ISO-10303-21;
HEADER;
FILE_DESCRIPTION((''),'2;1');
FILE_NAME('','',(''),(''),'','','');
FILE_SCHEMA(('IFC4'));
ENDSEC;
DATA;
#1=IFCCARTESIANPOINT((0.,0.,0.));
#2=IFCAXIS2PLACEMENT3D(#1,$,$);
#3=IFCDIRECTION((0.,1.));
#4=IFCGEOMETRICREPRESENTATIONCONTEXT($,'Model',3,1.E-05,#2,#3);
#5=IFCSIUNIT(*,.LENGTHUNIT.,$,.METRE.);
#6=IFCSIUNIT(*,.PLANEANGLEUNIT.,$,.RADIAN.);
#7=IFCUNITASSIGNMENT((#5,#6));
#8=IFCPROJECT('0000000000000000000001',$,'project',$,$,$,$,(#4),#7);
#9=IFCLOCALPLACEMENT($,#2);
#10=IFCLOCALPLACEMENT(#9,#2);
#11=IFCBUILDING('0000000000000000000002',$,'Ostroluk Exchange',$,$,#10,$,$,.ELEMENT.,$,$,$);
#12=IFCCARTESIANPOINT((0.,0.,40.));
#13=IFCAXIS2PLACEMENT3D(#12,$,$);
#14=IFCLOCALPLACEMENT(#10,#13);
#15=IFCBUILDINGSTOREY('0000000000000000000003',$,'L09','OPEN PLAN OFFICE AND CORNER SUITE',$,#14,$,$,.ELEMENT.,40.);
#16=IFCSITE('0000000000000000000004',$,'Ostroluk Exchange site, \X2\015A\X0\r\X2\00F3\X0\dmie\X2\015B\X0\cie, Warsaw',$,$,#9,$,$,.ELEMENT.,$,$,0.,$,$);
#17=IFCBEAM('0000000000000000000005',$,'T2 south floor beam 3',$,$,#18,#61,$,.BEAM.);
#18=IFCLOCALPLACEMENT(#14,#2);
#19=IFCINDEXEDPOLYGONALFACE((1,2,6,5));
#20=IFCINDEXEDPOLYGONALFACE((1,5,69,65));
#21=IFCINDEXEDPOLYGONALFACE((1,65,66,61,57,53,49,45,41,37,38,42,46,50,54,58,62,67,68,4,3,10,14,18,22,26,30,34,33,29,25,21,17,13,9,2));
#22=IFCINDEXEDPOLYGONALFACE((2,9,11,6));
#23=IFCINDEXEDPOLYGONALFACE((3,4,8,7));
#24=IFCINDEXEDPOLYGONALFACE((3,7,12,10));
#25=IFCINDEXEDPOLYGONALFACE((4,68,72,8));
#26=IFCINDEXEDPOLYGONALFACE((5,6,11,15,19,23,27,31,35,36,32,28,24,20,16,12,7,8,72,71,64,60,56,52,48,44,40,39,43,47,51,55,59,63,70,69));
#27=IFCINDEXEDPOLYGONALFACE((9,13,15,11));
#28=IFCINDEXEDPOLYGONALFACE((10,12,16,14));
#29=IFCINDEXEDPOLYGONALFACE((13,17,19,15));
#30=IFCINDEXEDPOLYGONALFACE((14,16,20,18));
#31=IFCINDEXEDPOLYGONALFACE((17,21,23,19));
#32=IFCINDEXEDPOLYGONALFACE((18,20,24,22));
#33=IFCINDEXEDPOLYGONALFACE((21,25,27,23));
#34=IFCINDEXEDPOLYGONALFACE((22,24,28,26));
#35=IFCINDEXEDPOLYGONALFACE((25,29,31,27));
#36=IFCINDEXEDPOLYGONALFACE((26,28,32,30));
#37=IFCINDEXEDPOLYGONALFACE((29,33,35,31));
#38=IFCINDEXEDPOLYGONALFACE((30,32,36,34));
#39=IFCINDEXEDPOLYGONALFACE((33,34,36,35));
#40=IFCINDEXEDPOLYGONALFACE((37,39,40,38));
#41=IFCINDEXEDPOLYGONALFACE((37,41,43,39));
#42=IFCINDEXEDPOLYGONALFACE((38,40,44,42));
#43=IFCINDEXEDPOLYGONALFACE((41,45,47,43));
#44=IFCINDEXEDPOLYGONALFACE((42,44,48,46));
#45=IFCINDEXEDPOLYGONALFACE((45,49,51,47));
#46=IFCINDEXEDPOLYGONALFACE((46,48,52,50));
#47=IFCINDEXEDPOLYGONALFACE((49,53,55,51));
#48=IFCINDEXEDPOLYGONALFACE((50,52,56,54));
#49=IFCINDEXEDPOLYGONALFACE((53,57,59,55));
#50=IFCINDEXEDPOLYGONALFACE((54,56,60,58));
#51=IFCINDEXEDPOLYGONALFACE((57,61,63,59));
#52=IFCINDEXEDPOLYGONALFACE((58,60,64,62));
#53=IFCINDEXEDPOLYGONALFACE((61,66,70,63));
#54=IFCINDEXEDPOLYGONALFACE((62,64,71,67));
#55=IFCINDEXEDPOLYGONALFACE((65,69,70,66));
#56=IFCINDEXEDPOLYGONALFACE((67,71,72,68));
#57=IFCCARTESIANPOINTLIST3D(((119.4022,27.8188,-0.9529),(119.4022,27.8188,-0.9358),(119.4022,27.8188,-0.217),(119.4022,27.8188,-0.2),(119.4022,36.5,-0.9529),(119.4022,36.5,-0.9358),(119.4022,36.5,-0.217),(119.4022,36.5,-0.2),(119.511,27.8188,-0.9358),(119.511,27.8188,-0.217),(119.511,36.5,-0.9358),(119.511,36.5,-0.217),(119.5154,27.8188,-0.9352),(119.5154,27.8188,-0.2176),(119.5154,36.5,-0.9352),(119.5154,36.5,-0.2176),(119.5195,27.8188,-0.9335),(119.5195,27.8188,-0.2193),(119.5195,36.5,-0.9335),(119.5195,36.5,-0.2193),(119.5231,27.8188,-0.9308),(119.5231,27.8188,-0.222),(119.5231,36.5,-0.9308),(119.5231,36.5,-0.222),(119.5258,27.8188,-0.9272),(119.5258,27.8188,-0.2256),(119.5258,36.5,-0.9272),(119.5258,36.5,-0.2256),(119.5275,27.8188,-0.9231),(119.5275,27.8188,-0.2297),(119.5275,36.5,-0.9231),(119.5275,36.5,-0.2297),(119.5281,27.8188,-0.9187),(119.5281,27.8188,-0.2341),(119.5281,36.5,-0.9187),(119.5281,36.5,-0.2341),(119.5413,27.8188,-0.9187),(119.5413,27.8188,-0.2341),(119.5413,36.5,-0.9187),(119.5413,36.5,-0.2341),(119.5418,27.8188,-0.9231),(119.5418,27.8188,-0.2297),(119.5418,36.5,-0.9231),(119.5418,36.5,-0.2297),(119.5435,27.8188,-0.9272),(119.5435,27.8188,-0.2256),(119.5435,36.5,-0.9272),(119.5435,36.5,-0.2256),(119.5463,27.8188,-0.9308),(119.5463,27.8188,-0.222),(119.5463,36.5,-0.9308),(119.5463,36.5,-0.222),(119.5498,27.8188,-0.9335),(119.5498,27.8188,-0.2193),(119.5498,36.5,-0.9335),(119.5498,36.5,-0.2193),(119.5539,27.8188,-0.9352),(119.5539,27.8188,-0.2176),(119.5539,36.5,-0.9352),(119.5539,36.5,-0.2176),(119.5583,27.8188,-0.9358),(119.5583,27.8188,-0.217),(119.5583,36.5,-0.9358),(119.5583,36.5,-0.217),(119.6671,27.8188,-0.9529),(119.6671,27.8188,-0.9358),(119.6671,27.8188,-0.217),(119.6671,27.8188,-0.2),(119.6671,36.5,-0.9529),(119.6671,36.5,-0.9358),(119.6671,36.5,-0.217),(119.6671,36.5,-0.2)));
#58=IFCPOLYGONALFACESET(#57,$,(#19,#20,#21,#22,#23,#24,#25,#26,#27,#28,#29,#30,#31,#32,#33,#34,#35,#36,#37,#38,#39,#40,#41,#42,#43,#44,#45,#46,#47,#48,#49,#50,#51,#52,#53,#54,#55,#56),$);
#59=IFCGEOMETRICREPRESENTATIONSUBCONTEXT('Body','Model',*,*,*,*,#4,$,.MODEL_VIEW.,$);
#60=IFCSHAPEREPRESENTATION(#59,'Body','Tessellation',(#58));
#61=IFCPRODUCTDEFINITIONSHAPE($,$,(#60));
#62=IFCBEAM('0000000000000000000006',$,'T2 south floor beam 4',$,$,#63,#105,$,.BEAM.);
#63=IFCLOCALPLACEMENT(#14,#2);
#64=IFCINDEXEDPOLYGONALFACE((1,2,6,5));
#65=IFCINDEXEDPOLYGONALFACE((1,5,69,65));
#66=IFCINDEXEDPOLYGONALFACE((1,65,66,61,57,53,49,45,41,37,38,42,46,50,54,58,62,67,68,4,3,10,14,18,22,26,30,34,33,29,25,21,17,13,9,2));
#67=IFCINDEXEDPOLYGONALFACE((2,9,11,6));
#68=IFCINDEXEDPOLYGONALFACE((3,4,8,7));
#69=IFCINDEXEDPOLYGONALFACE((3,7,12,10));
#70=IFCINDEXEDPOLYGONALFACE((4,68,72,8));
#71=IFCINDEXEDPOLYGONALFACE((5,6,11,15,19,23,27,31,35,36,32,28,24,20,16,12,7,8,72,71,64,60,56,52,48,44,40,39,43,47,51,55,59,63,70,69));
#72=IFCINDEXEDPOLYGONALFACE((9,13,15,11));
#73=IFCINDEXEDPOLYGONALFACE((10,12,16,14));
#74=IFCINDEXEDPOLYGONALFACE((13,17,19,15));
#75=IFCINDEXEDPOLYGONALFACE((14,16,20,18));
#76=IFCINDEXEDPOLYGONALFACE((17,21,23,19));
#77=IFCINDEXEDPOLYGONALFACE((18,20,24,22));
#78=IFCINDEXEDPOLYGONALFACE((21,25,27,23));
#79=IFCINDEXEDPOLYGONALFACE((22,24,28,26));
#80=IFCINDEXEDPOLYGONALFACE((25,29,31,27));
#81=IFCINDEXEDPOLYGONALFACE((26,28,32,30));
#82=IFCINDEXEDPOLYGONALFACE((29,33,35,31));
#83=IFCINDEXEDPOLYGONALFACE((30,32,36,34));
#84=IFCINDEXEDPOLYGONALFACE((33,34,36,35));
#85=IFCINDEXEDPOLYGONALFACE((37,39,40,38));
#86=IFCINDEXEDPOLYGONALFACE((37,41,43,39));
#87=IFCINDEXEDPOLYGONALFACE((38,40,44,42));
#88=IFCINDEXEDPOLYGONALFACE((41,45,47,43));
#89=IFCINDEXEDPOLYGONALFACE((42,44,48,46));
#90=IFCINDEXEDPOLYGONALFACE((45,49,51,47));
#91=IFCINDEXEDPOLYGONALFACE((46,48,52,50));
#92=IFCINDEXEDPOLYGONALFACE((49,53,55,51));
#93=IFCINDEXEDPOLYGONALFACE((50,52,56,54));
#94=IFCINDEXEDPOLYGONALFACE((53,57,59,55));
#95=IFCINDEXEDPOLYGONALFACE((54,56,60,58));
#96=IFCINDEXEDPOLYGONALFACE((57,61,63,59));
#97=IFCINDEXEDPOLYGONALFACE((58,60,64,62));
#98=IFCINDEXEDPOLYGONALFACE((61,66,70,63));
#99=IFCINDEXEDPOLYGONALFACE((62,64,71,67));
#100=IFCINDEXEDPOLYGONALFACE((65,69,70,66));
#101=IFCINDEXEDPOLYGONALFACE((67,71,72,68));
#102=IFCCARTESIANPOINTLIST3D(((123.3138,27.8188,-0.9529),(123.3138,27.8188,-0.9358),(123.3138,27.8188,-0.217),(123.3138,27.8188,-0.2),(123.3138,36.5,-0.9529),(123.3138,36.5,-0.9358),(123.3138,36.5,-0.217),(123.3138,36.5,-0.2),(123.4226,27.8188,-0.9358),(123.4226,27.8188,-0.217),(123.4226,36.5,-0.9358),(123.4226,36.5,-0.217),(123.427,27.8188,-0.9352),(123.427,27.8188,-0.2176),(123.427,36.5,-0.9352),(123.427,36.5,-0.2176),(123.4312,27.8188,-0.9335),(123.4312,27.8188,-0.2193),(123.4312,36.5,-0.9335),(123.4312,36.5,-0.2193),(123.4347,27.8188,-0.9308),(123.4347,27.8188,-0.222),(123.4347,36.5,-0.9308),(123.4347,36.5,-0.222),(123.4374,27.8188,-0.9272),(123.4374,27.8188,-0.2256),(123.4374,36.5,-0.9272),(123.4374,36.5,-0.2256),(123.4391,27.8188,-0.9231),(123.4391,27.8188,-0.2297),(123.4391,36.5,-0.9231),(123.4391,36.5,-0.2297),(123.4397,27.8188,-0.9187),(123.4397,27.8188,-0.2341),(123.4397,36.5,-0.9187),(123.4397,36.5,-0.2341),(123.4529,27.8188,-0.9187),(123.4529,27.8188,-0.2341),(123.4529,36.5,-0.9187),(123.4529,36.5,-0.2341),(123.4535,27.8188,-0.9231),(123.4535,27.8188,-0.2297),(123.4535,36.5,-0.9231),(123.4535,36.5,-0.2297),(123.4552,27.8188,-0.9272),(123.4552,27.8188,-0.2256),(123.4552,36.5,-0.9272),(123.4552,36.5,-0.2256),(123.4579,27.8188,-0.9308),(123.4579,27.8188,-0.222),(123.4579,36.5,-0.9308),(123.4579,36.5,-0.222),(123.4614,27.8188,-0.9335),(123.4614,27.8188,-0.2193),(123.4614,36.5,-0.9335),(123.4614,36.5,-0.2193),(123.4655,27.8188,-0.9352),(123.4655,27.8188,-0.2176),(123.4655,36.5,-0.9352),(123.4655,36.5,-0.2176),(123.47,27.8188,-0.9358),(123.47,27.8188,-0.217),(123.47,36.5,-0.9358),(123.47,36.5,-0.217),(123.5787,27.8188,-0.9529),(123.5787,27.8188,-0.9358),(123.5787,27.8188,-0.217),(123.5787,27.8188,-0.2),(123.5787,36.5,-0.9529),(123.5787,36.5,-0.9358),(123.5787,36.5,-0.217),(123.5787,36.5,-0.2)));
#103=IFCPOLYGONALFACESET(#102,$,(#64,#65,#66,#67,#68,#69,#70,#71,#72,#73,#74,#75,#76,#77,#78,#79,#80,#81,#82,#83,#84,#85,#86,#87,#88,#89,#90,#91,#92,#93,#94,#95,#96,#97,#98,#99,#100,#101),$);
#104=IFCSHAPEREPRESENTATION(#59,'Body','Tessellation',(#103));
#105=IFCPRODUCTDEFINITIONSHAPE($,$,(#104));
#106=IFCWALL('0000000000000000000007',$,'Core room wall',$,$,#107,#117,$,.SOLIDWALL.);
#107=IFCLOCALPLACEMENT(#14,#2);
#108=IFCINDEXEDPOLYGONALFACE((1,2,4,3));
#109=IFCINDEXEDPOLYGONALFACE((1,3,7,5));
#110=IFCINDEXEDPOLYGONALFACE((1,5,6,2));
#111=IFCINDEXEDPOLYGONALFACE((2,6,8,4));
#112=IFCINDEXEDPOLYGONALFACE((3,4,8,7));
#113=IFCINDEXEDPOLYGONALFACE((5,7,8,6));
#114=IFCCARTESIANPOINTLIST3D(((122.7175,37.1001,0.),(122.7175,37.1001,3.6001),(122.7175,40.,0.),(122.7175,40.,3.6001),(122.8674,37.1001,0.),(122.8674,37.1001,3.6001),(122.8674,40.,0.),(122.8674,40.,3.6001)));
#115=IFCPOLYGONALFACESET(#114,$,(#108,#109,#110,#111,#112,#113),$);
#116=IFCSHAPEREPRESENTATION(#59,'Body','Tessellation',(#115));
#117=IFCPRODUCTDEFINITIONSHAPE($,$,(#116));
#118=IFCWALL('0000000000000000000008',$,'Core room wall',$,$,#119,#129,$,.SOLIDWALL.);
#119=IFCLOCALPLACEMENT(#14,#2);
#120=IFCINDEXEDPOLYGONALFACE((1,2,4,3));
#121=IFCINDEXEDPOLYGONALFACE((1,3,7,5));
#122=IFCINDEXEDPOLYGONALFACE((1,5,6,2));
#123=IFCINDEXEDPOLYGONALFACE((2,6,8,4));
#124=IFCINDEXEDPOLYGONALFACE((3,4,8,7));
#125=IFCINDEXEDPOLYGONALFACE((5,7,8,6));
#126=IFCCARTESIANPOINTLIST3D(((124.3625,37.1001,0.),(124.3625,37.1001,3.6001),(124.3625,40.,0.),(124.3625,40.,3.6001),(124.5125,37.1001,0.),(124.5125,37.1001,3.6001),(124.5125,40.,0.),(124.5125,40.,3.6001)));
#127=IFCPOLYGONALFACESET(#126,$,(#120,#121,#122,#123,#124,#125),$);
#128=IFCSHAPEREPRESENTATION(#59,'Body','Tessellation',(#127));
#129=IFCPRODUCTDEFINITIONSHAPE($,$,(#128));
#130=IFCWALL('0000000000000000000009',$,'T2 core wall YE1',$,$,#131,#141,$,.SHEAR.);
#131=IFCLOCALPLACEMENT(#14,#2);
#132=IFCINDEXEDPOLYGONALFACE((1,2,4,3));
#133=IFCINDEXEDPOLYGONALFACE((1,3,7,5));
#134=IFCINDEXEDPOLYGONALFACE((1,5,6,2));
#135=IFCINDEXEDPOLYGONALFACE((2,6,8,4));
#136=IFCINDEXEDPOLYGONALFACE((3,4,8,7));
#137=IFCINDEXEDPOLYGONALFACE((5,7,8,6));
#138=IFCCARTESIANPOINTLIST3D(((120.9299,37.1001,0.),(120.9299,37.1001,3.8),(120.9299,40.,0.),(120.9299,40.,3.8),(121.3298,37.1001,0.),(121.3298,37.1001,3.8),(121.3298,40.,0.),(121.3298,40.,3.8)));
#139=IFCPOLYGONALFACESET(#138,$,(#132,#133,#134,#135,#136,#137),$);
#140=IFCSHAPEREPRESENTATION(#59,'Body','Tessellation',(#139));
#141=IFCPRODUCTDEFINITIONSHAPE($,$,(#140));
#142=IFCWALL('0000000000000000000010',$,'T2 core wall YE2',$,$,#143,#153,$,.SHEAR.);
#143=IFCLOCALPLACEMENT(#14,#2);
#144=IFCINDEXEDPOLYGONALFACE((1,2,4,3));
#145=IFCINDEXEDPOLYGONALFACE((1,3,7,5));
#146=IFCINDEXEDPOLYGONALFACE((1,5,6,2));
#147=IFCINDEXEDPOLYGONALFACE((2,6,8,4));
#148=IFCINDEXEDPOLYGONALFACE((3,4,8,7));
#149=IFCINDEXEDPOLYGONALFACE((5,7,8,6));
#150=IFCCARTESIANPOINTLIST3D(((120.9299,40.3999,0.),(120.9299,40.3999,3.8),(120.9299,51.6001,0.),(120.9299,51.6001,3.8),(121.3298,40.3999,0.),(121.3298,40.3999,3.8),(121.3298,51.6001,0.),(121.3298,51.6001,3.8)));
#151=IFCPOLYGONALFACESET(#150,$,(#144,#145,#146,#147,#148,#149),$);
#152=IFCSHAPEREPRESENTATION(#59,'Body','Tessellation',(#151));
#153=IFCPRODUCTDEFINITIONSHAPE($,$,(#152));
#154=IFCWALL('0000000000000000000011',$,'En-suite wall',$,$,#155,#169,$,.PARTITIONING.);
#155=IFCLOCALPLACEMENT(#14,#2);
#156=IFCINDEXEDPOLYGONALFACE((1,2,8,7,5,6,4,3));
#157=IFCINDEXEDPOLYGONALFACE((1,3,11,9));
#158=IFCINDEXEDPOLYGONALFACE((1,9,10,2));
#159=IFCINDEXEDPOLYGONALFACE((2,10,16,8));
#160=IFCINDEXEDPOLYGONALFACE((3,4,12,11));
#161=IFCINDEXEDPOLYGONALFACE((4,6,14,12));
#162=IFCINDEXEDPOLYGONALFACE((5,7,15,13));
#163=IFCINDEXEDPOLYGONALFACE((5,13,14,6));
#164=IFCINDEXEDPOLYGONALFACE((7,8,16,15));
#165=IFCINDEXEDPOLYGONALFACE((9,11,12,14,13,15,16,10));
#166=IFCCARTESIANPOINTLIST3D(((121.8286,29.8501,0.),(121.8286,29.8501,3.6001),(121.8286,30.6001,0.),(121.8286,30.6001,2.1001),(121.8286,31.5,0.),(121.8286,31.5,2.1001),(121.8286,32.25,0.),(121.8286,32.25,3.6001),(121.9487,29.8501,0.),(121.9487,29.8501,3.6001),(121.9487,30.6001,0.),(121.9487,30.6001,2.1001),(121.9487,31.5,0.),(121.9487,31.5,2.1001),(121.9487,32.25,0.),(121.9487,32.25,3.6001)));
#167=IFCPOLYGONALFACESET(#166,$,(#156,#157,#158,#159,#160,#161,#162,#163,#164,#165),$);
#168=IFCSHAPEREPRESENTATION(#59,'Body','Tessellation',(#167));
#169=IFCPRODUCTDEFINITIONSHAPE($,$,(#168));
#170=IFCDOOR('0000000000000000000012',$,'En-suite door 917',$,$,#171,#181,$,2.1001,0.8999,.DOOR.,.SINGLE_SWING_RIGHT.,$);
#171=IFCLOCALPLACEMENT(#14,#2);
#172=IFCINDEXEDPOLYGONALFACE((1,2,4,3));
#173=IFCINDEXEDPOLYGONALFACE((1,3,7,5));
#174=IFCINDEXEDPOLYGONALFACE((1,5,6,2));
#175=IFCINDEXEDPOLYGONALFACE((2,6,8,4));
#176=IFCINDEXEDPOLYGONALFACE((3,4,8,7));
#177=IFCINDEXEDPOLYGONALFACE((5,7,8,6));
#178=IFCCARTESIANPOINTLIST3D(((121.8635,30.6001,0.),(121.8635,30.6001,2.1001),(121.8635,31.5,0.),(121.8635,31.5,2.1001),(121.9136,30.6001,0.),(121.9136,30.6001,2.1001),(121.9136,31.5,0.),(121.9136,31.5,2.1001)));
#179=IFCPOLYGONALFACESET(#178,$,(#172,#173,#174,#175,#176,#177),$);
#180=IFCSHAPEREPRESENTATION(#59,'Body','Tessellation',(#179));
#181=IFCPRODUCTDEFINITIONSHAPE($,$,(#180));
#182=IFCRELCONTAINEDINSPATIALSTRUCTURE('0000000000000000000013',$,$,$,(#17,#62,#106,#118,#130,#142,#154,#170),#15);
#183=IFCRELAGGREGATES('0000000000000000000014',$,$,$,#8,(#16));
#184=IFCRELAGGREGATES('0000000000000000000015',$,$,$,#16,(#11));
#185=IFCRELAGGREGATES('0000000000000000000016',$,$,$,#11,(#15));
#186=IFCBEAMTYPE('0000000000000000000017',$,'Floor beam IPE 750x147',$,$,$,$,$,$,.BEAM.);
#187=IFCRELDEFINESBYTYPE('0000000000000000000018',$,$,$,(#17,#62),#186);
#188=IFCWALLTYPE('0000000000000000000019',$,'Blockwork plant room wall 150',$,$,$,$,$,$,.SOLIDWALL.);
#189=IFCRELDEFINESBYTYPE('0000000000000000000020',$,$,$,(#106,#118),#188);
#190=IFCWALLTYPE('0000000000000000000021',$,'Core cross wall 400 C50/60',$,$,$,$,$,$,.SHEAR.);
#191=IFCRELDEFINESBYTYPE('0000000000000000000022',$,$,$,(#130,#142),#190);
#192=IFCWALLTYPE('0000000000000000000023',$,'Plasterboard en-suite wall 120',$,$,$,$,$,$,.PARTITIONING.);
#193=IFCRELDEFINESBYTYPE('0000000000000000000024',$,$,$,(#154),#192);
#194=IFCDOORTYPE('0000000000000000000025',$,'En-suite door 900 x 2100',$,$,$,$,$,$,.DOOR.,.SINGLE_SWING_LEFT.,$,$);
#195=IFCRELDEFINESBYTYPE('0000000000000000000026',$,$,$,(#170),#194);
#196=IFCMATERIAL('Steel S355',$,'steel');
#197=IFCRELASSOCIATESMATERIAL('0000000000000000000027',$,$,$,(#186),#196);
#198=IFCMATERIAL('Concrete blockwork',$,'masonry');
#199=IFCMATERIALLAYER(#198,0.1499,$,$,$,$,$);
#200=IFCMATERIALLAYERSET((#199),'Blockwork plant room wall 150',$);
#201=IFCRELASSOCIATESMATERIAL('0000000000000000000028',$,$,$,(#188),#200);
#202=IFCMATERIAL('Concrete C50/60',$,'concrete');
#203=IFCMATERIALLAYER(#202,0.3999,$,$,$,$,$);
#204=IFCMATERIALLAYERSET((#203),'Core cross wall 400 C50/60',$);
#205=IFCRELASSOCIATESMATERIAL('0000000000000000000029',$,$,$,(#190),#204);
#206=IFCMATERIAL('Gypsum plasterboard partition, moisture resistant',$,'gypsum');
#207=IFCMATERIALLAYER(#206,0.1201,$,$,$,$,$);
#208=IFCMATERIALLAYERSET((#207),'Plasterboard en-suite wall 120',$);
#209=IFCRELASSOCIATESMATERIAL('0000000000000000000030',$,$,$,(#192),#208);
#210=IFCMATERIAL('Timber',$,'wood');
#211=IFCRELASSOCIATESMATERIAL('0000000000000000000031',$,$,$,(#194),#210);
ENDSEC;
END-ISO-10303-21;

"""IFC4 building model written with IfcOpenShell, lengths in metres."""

from ifc_helpers import new_model, si_unit, direction, frame, frame_2d, origin, origin_2d, place, context, subcontext, project, spatial, rectangle, i_section, extrude, material, layer, layer_set, material_profile, profile_set, type_object, element, fill, save


model = new_model("IFC4")

# Units and contexts
model_context = context("Model", 3, precision=1e-05, world=origin(), true_north=direction((0.0, 1.0)))
body_context = subcontext(model_context, "Body", "Model", "MODEL_VIEW")
ifc_project = project(units=[si_unit("LENGTHUNIT", "METRE"), si_unit("PLANEANGLEUNIT", "RADIAN")], contexts=[model_context])

# Site, building, storey
site_placement = place(None, origin())
site = spatial("IfcSite", under=ifc_project, at=site_placement, Name="Ostroluk Exchange site, Śródmieście, Warsaw", CompositionType="ELEMENT", RefElevation=0.0)
building_placement = place(site_placement, origin())
building = spatial("IfcBuilding", under=site, at=building_placement, Name="Ostroluk Exchange", CompositionType="ELEMENT")
storey_placement = place(building_placement, frame((0.0, 0.0, 40.0)))
storey = spatial("IfcBuildingStorey", under=building, at=storey_placement, Name="L09", Description="OPEN PLAN OFFICE AND CORNER SUITE", CompositionType="ELEMENT", Elevation=40.0)

# Beams
ifc_material_1 = material(Name="Steel S355", Category="steel")
ifc_material_profile = material_profile(ifc_material_1, i_section(OverallWidth=0.2649, OverallDepth=0.7529, WebThickness=0.0132, FlangeThickness=0.0171, FilletRadius=0.0171, at=origin_2d()), Name="IPE 750x147")
ifc_profile_set = profile_set([ifc_material_profile], Name="Steel S355")
beam_type = type_object("IfcBeamType", Name="Floor beam IPE 750x147", PredefinedType="BEAM", material=ifc_profile_set)
for number, where, z_axis, x_axis, name in (
    (1, (119.5347, 36.5, -0.5764), (0.0, -1.0, 0.0), (1.0, 0.0, 0.0), "T2 south floor beam 3"),
    (2, (123.4463, 36.5, -0.5764), (0.0, -1.0, 0.0), (1.0, 0.0, 0.0), "T2 south floor beam 4"),
):
    element("IfcBeam", number, at=place(storey_placement, frame(where, z_axis=z_axis, x_axis=x_axis)), inside=storey, type_object=beam_type, Name=name, PredefinedType="BEAM", context=body_context, shape_type="SweptSolid", body=[
        extrude(i_section(OverallWidth=0.2649, OverallDepth=0.7529, WebThickness=0.0132, FlangeThickness=0.0171, FilletRadius=0.0171, at=origin_2d()), origin(), (0.0, 0.0, 1.0), 8.6812),
    ])

# Walls
ifc_material_2 = material(Name="Concrete blockwork", Category="masonry")
ifc_layer_1 = layer(ifc_material_2, 0.1499)
ifc_layer_set_1 = layer_set([ifc_layer_1], Name="Blockwork plant room wall 150")
wall_type_1 = type_object("IfcWallType", Name="Blockwork plant room wall 150", PredefinedType="SOLIDWALL", material=ifc_layer_set_1)
for number, where, z_axis, x_axis, name in (
    (3, (122.7925, 37.1001, 0.0), (0.0, 0.0, 1.0), (0.0, 1.0, 0.0), "Core room wall"),
    (4, (124.4375, 37.1001, 0.0), (0.0, 0.0, 1.0), (0.0, 1.0, 0.0), "Core room wall"),
):
    element("IfcWall", number, at=place(storey_placement, frame(where, z_axis=z_axis, x_axis=x_axis)), inside=storey, type_object=wall_type_1, Name=name, PredefinedType="SOLIDWALL", context=body_context, shape_type="SweptSolid", body=[
        extrude(rectangle(XDim=2.8999, YDim=0.1499, at=frame_2d((1.45, 0.0))), origin(), (0.0, 0.0, 1.0), 3.6001),
    ])
ifc_material_3 = material(Name="Concrete C50/60", Category="concrete")
ifc_layer_2 = layer(ifc_material_3, 0.3999)
ifc_layer_set_2 = layer_set([ifc_layer_2], Name="Core cross wall 400 C50/60")
wall_type_2 = type_object("IfcWallType", Name="Core cross wall 400 C50/60", PredefinedType="SHEAR", material=ifc_layer_set_2)
wall_1_placement = place(storey_placement, frame((121.1299, 37.1001, 0.0), z_axis=(0.0, 0.0, 1.0), x_axis=(0.0, 1.0, 0.0)))
element("IfcWall", 5, at=wall_1_placement, inside=storey, type_object=wall_type_2, Name="T2 core wall YE1", PredefinedType="SHEAR", context=body_context, shape_type="SweptSolid", body=[
    extrude(rectangle(XDim=2.8999, YDim=0.3999, at=frame_2d((1.45, 0.0))), origin(), (0.0, 0.0, 1.0), 3.8),
])
wall_2_placement = place(storey_placement, frame((121.1299, 40.3999, 0.0), z_axis=(0.0, 0.0, 1.0), x_axis=(0.0, 1.0, 0.0)))
element("IfcWall", 6, at=wall_2_placement, inside=storey, type_object=wall_type_2, Name="T2 core wall YE2", PredefinedType="SHEAR", context=body_context, shape_type="SweptSolid", body=[
    extrude(rectangle(XDim=11.2002, YDim=0.3999, at=frame_2d((5.6001, 0.0))), origin(), (0.0, 0.0, 1.0), 3.8),
])

# Wall, opening, door
ifc_material_4 = material(Name="Gypsum plasterboard partition, moisture resistant", Category="gypsum")
ifc_layer_3 = layer(ifc_material_4, 0.1201)
ifc_layer_set_3 = layer_set([ifc_layer_3], Name="Plasterboard en-suite wall 120")
wall_type_3 = type_object("IfcWallType", Name="Plasterboard en-suite wall 120", PredefinedType="PARTITIONING", material=ifc_layer_set_3)
wall_3_placement = place(storey_placement, frame((121.8887, 32.25, 0.0), z_axis=(0.0, 0.0, 1.0), x_axis=(0.0, -1.0, 0.0)))
wall_3 = element("IfcWall", 7, at=wall_3_placement, inside=storey, type_object=wall_type_3, Name="En-suite wall", PredefinedType="PARTITIONING", context=body_context, shape_type="SweptSolid", body=[
    extrude(rectangle(XDim=2.3999, YDim=0.1201, at=frame_2d((1.2, 0.0))), origin(), (0.0, 0.0, 1.0), 3.6001),
])
opening_placement = place(wall_3_placement, frame((0.75, 0.0, 0.0)))
opening = element("IfcOpeningElement", 8, at=opening_placement, cuts=wall_3, PredefinedType="OPENING", context=body_context, shape_type="SweptSolid", body=[
    extrude(rectangle(XDim=0.8999, YDim=2.1001, at=frame_2d((0.45, 1.05))), frame((0.0, 0.0701, 0.0), z_axis=(0.0, -1.0, 0.0), x_axis=(1.0, 0.0, 0.0)), (0.0, 0.0, 1.0), 0.1401),
])
ifc_material_5 = material(Name="Timber", Category="wood")
door_type = type_object("IfcDoorType", Name="En-suite door 900 x 2100", OperationType="SINGLE_SWING_LEFT", PredefinedType="DOOR", material=ifc_material_5)
door_placement = place(opening_placement, origin())
door = element("IfcDoor", 9, at=door_placement, inside=storey, type_object=door_type, Name="En-suite door 917", OperationType="SINGLE_SWING_RIGHT", OverallHeight=2.1001, OverallWidth=0.8999, PredefinedType="DOOR", context=body_context, shape_type="SweptSolid", body=[
    extrude(rectangle(XDim=0.8999, YDim=2.1001, at=frame_2d((0.45, 1.05))), frame((0.0, 0.0249, 0.0), z_axis=(0.0, -1.0, 0.0), x_axis=(1.0, 0.0, 0.0)), (0.0, 0.0, 1.0), 0.05),
])
fill(opening, door)

save(model, "model.ifc")
